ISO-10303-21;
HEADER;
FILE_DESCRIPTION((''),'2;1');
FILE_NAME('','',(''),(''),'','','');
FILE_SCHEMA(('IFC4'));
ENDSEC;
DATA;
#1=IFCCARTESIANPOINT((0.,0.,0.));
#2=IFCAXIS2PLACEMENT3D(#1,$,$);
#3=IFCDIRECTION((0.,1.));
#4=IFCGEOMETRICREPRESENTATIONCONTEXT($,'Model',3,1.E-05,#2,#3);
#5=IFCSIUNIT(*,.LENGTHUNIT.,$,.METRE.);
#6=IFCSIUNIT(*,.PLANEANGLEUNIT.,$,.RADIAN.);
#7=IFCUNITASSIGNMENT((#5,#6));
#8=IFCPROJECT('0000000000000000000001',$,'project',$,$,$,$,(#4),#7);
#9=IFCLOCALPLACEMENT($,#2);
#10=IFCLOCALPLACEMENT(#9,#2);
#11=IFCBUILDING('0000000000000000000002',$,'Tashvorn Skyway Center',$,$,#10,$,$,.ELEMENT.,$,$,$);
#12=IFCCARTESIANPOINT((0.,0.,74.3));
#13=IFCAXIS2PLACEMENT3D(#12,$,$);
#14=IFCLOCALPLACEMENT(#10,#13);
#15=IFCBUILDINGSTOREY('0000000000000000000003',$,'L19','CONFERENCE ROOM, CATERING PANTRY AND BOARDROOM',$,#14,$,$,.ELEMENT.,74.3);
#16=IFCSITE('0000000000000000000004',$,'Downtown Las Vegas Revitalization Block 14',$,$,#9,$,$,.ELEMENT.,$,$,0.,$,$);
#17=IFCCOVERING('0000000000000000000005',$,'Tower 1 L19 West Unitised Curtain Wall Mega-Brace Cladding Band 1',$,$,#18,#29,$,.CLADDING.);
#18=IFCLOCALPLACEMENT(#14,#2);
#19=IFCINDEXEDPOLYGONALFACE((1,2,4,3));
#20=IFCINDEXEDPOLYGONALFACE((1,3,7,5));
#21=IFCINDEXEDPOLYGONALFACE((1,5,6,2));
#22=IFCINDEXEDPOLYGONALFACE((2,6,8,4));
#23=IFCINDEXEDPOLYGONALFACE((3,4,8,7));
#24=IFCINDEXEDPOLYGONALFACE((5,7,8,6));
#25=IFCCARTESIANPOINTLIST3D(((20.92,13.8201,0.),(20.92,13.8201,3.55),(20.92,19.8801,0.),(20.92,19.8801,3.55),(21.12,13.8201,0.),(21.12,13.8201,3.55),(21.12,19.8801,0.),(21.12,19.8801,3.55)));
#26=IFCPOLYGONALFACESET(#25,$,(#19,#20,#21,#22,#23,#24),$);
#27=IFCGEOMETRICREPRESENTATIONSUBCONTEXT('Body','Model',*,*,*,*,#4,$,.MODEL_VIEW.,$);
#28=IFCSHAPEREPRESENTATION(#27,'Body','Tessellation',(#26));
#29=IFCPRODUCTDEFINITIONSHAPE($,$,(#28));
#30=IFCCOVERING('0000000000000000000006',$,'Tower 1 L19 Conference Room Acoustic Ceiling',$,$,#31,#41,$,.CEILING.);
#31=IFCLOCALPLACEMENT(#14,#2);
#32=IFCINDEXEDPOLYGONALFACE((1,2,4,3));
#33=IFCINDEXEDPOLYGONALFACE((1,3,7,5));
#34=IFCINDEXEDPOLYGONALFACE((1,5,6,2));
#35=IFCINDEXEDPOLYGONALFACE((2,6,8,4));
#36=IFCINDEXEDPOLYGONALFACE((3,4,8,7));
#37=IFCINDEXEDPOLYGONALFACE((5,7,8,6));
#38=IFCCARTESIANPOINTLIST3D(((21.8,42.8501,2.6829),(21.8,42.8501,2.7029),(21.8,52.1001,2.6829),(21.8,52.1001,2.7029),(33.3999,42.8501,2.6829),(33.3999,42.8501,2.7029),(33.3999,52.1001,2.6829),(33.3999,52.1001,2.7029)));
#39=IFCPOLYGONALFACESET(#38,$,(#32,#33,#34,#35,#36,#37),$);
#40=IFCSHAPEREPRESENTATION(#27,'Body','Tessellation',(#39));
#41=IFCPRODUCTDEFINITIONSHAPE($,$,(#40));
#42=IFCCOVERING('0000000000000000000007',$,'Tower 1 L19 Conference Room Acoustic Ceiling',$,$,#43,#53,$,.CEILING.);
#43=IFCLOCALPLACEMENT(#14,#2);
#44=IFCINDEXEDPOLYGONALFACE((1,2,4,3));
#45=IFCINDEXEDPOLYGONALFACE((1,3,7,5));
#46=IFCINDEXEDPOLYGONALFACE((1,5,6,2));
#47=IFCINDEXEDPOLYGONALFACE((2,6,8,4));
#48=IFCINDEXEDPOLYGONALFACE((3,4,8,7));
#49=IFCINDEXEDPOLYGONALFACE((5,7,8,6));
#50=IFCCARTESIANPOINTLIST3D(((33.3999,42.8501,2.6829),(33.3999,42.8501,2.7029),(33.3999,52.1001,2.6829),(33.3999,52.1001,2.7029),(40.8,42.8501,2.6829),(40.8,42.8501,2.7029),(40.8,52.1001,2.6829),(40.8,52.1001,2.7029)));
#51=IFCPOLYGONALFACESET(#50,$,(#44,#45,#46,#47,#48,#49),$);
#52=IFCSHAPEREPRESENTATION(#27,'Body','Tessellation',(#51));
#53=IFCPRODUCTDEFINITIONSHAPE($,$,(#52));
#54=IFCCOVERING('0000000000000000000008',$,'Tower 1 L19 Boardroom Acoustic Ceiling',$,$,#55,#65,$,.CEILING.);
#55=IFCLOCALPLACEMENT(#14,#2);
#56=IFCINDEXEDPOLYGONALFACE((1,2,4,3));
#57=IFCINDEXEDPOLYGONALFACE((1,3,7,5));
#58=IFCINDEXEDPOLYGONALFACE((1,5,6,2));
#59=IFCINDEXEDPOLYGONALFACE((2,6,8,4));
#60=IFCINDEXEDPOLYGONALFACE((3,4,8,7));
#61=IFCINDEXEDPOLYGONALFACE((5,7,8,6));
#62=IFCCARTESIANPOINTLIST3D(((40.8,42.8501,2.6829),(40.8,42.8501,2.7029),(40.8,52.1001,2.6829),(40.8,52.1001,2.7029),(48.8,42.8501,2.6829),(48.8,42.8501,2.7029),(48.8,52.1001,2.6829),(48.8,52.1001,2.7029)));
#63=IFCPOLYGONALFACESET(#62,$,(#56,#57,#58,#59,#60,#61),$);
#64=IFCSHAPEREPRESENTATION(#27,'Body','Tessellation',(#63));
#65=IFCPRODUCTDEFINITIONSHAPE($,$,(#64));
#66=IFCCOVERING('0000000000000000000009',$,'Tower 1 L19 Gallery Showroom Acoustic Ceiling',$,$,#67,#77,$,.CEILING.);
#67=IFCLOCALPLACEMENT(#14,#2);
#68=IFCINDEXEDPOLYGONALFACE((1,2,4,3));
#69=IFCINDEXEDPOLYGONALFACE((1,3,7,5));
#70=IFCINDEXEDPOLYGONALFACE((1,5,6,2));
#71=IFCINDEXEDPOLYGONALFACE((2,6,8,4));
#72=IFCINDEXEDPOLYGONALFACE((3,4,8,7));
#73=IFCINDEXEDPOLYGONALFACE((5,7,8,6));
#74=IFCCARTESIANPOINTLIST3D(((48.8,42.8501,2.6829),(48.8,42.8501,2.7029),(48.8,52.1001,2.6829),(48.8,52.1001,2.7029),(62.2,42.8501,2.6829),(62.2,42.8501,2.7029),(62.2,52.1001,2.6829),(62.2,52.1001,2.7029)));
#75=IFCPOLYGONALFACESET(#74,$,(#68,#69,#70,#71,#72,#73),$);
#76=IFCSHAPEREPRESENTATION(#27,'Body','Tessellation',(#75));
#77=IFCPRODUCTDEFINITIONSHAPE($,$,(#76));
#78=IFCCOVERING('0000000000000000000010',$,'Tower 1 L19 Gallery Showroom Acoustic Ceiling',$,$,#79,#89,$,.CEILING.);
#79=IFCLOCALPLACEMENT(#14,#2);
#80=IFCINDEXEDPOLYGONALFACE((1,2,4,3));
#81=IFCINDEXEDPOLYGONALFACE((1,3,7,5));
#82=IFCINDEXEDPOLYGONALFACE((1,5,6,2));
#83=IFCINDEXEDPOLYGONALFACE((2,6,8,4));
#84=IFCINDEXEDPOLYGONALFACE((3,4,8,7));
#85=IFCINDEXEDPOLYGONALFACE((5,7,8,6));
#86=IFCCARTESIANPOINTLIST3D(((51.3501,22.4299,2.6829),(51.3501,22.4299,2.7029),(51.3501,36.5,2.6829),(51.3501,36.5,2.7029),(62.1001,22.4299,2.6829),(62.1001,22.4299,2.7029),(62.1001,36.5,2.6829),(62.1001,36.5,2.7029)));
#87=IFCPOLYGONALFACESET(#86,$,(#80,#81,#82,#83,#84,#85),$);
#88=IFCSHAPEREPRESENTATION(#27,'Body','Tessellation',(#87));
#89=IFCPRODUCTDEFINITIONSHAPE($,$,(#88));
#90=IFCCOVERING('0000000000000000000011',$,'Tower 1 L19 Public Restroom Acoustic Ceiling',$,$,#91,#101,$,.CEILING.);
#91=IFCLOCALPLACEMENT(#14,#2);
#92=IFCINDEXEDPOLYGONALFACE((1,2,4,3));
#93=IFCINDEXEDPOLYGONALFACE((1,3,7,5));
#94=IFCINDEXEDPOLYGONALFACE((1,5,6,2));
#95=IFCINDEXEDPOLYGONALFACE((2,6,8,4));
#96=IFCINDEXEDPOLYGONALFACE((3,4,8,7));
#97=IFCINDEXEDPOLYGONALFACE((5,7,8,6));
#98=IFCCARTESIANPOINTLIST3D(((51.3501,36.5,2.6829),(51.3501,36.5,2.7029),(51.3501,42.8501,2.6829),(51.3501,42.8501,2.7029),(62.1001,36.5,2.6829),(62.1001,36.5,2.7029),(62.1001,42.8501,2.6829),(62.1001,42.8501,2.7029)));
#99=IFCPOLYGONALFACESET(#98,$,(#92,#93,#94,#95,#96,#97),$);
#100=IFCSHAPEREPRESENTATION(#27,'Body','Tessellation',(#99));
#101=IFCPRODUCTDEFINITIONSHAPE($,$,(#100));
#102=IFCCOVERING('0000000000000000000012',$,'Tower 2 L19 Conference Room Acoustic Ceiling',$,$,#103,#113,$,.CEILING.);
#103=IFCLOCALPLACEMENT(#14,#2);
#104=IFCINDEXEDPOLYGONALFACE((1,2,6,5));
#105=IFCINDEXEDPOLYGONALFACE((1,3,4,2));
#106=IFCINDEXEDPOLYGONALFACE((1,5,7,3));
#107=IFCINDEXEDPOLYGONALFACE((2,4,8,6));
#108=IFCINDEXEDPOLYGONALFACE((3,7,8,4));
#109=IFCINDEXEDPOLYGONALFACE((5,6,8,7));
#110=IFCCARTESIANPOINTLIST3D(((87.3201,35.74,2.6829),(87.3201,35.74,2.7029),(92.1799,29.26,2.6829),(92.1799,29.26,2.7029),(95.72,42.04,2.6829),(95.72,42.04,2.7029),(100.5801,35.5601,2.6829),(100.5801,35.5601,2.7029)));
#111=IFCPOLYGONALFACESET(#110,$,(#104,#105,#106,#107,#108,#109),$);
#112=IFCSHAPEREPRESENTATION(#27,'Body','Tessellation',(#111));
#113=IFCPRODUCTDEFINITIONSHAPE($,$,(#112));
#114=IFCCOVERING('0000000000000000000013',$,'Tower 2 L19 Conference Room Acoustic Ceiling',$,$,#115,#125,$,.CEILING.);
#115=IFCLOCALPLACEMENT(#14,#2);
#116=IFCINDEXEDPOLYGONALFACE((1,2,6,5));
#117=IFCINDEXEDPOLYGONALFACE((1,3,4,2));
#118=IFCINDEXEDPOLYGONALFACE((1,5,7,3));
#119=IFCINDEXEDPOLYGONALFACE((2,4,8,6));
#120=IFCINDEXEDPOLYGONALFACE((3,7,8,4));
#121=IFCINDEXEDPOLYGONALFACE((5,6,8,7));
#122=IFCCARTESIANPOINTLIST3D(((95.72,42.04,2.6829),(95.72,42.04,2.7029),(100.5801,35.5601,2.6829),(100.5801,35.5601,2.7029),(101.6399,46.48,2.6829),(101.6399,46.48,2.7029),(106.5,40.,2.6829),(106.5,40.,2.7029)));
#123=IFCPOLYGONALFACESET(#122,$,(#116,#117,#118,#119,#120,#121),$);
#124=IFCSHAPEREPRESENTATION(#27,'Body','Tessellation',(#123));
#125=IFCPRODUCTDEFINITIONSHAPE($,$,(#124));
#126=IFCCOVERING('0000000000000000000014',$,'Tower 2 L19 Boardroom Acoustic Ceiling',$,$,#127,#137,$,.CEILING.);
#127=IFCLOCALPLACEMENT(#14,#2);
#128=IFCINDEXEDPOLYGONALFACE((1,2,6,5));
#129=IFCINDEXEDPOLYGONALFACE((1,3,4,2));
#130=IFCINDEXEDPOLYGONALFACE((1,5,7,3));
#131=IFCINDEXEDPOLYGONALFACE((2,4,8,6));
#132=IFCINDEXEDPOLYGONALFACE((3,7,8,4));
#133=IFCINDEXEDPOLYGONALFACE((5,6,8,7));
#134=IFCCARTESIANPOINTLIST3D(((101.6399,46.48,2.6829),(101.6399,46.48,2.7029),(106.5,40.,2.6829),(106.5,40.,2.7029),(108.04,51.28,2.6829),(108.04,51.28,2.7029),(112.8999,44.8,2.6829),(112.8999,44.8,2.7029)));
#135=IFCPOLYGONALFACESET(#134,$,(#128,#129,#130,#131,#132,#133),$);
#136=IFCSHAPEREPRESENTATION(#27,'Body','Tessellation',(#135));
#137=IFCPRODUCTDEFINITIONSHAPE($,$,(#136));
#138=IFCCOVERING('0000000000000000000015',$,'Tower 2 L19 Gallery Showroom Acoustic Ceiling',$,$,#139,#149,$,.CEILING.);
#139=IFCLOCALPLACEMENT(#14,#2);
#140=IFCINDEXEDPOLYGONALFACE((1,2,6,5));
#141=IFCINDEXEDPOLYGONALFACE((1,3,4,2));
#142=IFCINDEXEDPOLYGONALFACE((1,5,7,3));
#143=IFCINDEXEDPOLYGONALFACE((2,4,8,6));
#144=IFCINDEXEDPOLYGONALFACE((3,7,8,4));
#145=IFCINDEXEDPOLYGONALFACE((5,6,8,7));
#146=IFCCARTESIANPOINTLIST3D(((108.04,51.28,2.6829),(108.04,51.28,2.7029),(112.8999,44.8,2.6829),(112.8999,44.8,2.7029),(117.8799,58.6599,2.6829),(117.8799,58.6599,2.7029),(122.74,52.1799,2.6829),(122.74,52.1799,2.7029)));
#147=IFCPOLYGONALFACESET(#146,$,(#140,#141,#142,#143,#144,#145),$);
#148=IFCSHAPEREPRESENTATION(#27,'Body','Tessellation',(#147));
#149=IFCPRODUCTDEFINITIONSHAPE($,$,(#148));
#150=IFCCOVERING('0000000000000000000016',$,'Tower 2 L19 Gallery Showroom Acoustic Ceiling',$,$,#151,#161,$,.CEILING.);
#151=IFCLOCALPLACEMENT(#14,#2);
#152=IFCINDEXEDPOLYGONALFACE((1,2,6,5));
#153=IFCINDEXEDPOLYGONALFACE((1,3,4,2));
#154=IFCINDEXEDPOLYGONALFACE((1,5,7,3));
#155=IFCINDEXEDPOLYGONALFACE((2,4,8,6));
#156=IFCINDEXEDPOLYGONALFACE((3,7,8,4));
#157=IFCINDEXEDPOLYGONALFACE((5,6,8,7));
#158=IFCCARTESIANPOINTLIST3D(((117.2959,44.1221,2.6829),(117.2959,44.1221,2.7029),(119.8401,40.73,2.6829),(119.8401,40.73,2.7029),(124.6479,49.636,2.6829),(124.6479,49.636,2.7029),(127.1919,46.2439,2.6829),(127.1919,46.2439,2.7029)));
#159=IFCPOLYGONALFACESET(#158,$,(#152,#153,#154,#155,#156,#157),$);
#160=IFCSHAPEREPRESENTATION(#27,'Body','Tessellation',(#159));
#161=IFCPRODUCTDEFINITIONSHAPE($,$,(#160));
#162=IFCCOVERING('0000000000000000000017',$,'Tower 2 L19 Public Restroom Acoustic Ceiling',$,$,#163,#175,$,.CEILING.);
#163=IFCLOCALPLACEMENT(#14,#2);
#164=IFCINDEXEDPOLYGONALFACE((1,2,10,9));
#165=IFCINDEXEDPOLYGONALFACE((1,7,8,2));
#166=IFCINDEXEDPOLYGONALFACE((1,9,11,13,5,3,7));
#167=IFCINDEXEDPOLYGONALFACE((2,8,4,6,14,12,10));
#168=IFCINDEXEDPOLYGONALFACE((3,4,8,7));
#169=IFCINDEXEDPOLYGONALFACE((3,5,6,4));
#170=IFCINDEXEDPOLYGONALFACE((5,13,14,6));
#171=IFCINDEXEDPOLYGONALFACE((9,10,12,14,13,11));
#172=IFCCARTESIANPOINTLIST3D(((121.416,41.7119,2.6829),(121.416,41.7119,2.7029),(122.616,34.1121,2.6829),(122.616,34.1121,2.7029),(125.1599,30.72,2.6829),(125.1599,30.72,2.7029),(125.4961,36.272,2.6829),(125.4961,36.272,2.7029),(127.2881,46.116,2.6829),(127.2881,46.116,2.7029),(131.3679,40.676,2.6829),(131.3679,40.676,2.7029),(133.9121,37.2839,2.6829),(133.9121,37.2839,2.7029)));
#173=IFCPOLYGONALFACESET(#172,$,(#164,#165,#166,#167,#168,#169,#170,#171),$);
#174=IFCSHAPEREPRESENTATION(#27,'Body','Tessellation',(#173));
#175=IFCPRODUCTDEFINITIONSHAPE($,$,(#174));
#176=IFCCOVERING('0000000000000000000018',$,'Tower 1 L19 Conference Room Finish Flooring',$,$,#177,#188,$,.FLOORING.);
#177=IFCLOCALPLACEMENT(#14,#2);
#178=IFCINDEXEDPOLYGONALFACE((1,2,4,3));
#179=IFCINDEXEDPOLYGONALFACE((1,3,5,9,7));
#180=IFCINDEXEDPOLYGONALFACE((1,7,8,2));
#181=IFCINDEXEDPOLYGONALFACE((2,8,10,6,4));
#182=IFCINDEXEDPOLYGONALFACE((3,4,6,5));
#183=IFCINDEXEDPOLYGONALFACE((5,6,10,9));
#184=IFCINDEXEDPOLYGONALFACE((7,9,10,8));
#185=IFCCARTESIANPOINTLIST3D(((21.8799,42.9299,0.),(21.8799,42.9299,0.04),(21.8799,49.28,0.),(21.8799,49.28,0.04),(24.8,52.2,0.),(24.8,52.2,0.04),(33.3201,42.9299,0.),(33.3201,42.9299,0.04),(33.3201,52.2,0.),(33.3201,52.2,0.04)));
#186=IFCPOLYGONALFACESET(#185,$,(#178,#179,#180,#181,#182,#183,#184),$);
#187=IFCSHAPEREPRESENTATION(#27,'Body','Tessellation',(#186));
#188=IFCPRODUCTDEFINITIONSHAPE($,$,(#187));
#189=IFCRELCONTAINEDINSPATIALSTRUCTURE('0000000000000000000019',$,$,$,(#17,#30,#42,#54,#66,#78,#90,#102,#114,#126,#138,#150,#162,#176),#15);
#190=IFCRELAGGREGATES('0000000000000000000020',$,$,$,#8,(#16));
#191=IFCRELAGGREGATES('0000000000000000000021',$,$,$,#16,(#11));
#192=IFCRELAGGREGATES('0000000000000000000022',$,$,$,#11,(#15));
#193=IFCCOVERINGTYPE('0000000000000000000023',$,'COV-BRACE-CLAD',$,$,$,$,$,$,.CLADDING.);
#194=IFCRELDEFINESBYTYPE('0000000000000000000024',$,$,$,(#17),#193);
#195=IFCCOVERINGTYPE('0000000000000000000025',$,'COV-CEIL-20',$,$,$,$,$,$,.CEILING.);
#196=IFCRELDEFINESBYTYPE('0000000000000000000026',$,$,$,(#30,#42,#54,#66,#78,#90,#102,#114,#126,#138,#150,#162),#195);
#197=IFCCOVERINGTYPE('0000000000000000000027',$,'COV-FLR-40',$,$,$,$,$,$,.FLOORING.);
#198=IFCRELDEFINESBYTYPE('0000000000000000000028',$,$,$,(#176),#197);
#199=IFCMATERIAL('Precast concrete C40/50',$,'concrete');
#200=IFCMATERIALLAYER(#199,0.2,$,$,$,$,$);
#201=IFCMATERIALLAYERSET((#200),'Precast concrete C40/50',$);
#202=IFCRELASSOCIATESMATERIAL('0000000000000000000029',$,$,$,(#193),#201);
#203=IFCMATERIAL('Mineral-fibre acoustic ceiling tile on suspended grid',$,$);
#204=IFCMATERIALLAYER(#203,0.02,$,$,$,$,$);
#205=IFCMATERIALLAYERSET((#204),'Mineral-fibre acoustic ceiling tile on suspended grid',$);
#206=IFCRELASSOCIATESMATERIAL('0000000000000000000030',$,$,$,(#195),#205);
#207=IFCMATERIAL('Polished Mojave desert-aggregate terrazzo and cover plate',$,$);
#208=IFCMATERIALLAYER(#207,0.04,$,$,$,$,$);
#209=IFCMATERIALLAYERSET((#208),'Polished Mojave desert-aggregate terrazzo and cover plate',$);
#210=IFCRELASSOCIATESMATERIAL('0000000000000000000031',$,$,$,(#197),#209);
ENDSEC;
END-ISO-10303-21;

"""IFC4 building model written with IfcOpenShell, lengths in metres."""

from ifc_helpers import new_model, si_unit, direction, frame, origin, origin_2d, place, context, subcontext, project, spatial, polyline, rectangle, outline, extrude, material, layer, layer_set, type_object, element, save


model = new_model("IFC4")

# Units and contexts
model_context = context("Model", 3, precision=1e-05, world=origin(), true_north=direction((0.0, 1.0)))
body_context = subcontext(model_context, "Body", "Model", "MODEL_VIEW")
ifc_project = project(units=[si_unit("LENGTHUNIT", "METRE"), si_unit("PLANEANGLEUNIT", "RADIAN")], contexts=[model_context])

# Site, building, storey
site_placement = place(None, origin())
site = spatial("IfcSite", under=ifc_project, at=site_placement, Name="Downtown Las Vegas Revitalization Block 14", CompositionType="ELEMENT", RefElevation=0.0)
building_placement = place(site_placement, origin())
building = spatial("IfcBuilding", under=site, at=building_placement, Name="Tashvorn Skyway Center", CompositionType="ELEMENT")
storey_placement = place(building_placement, frame((0.0, 0.0, 74.3)))
storey = spatial("IfcBuildingStorey", under=building, at=storey_placement, Name="L19", Description="CONFERENCE ROOM, CATERING PANTRY AND BOARDROOM", CompositionType="ELEMENT", Elevation=74.3)

# Coverings
ifc_material_1 = material(Name="Precast concrete C40/50", Category="concrete")
ifc_layer_1 = layer(ifc_material_1, 0.2)
ifc_layer_set_1 = layer_set([ifc_layer_1], Name="Precast concrete C40/50")
covering_type_1 = type_object("IfcCoveringType", Name="COV-BRACE-CLAD", PredefinedType="CLADDING", material=ifc_layer_set_1)
covering_1_placement = place(storey_placement, frame((21.02, 16.8501, 0.0), z_axis=(0.0, 0.0, 1.0), x_axis=(0.0, 1.0, 0.0)))
element("IfcCovering", 1, at=covering_1_placement, inside=storey, type_object=covering_type_1, Name="Tower 1 L19 West Unitised Curtain Wall Mega-Brace Cladding Band 1", PredefinedType="CLADDING", context=body_context, shape_type="SweptSolid", body=[
    extrude(rectangle(XDim=6.0601, YDim=0.2, at=origin_2d()), origin(), (0.0, 0.0, 1.0), 3.55),
])
ifc_material_2 = material(Name="Mineral-fibre acoustic ceiling tile on suspended grid")
ifc_layer_2 = layer(ifc_material_2, 0.02)
ifc_layer_set_2 = layer_set([ifc_layer_2], Name="Mineral-fibre acoustic ceiling tile on suspended grid")
covering_type_2 = type_object("IfcCoveringType", Name="COV-CEIL-20", PredefinedType="CEILING", material=ifc_layer_set_2)
covering_2_placement = place(storey_placement, frame((0.0, 0.0, 2.6829)))
element("IfcCovering", 2, at=covering_2_placement, inside=storey, type_object=covering_type_2, Name="Tower 1 L19 Conference Room Acoustic Ceiling", PredefinedType="CEILING", context=body_context, shape_type="SweptSolid", body=[
    extrude(outline(polyline([(21.8, 42.8501), (33.3999, 42.8501), (33.3999, 52.1001), (21.8, 52.1001), (21.8, 42.8501)])), origin(), (0.0, 0.0, 1.0), 0.02),
])
covering_3_placement = place(storey_placement, frame((0.0, 0.0, 2.6829)))
element("IfcCovering", 3, at=covering_3_placement, inside=storey, type_object=covering_type_2, Name="Tower 1 L19 Conference Room Acoustic Ceiling", PredefinedType="CEILING", context=body_context, shape_type="SweptSolid", body=[
    extrude(outline(polyline([(33.3999, 42.8501), (40.8, 42.8501), (40.8, 52.1001), (33.3999, 52.1001), (33.3999, 42.8501)])), origin(), (0.0, 0.0, 1.0), 0.02),
])
covering_4_placement = place(storey_placement, frame((0.0, 0.0, 2.6829)))
element("IfcCovering", 4, at=covering_4_placement, inside=storey, type_object=covering_type_2, Name="Tower 1 L19 Boardroom Acoustic Ceiling", PredefinedType="CEILING", context=body_context, shape_type="SweptSolid", body=[
    extrude(outline(polyline([(40.8, 42.8501), (48.8, 42.8501), (48.8, 52.1001), (40.8, 52.1001), (40.8, 42.8501)])), origin(), (0.0, 0.0, 1.0), 0.02),
])
covering_5_placement = place(storey_placement, frame((0.0, 0.0, 2.6829)))
element("IfcCovering", 5, at=covering_5_placement, inside=storey, type_object=covering_type_2, Name="Tower 1 L19 Gallery Showroom Acoustic Ceiling", PredefinedType="CEILING", context=body_context, shape_type="SweptSolid", body=[
    extrude(outline(polyline([(48.8, 42.8501), (62.2, 42.8501), (62.2, 52.1001), (48.8, 52.1001), (48.8, 42.8501)])), origin(), (0.0, 0.0, 1.0), 0.02),
])
covering_6_placement = place(storey_placement, frame((0.0, 0.0, 2.6829)))
element("IfcCovering", 6, at=covering_6_placement, inside=storey, type_object=covering_type_2, Name="Tower 1 L19 Gallery Showroom Acoustic Ceiling", PredefinedType="CEILING", context=body_context, shape_type="SweptSolid", body=[
    extrude(outline(polyline([(51.3501, 22.4299), (62.1001, 22.4299), (62.1001, 36.5), (51.3501, 36.5), (51.3501, 22.4299)])), origin(), (0.0, 0.0, 1.0), 0.02),
])
covering_7_placement = place(storey_placement, frame((0.0, 0.0, 2.6829)))
element("IfcCovering", 7, at=covering_7_placement, inside=storey, type_object=covering_type_2, Name="Tower 1 L19 Public Restroom Acoustic Ceiling", PredefinedType="CEILING", context=body_context, shape_type="SweptSolid", body=[
    extrude(outline(polyline([(51.3501, 36.5), (62.1001, 36.5), (62.1001, 42.8501), (51.3501, 42.8501), (51.3501, 36.5)])), origin(), (0.0, 0.0, 1.0), 0.02),
])
covering_8_placement = place(storey_placement, frame((0.0, 0.0, 2.6829)))
element("IfcCovering", 8, at=covering_8_placement, inside=storey, type_object=covering_type_2, Name="Tower 2 L19 Conference Room Acoustic Ceiling", PredefinedType="CEILING", context=body_context, shape_type="SweptSolid", body=[
    extrude(outline(polyline([(92.1799, 29.26), (100.5801, 35.5601), (95.72, 42.04), (87.3201, 35.74), (92.1799, 29.26)])), origin(), (0.0, 0.0, 1.0), 0.02),
])
covering_9_placement = place(storey_placement, frame((0.0, 0.0, 2.6829)))
element("IfcCovering", 9, at=covering_9_placement, inside=storey, type_object=covering_type_2, Name="Tower 2 L19 Conference Room Acoustic Ceiling", PredefinedType="CEILING", context=body_context, shape_type="SweptSolid", body=[
    extrude(outline(polyline([(100.5801, 35.5601), (106.5, 40.0), (101.6399, 46.48), (95.72, 42.04), (100.5801, 35.5601)])), origin(), (0.0, 0.0, 1.0), 0.02),
])
covering_10_placement = place(storey_placement, frame((0.0, 0.0, 2.6829)))
element("IfcCovering", 10, at=covering_10_placement, inside=storey, type_object=covering_type_2, Name="Tower 2 L19 Boardroom Acoustic Ceiling", PredefinedType="CEILING", context=body_context, shape_type="SweptSolid", body=[
    extrude(outline(polyline([(106.5, 40.0), (112.8999, 44.8), (108.04, 51.28), (101.6399, 46.48), (106.5, 40.0)])), origin(), (0.0, 0.0, 1.0), 0.02),
])
covering_11_placement = place(storey_placement, frame((0.0, 0.0, 2.6829)))
element("IfcCovering", 11, at=covering_11_placement, inside=storey, type_object=covering_type_2, Name="Tower 2 L19 Gallery Showroom Acoustic Ceiling", PredefinedType="CEILING", context=body_context, shape_type="SweptSolid", body=[
    extrude(outline(polyline([(112.8999, 44.8), (122.74, 52.1799), (117.8799, 58.6599), (108.04, 51.28), (112.8999, 44.8)])), origin(), (0.0, 0.0, 1.0), 0.02),
])
covering_12_placement = place(storey_placement, frame((0.0, 0.0, 2.6829)))
element("IfcCovering", 12, at=covering_12_placement, inside=storey, type_object=covering_type_2, Name="Tower 2 L19 Gallery Showroom Acoustic Ceiling", PredefinedType="CEILING", context=body_context, shape_type="SweptSolid", body=[
    extrude(outline(polyline([(119.8401, 40.73), (117.2959, 44.1221), (124.6479, 49.636), (127.1919, 46.2439), (119.8401, 40.73)])), origin(), (0.0, 0.0, 1.0), 0.02),
])
covering_13_placement = place(storey_placement, frame((0.0, 0.0, 2.6829)))
element("IfcCovering", 13, at=covering_13_placement, inside=storey, type_object=covering_type_2, Name="Tower 2 L19 Public Restroom Acoustic Ceiling", PredefinedType="CEILING", context=body_context, shape_type="SweptSolid", body=[
    extrude(outline(polyline([(125.1599, 30.72), (122.616, 34.1121), (125.4961, 36.272), (121.416, 41.7119), (127.2881, 46.116), (131.3679, 40.676), (133.9121, 37.2839), (125.1599, 30.72)])), origin(), (0.0, 0.0, 1.0), 0.02),
])
ifc_material_3 = material(Name="Polished Mojave desert-aggregate terrazzo and cover plate")
ifc_layer_3 = layer(ifc_material_3, 0.04)
ifc_layer_set_3 = layer_set([ifc_layer_3], Name="Polished Mojave desert-aggregate terrazzo and cover plate")
covering_type_3 = type_object("IfcCoveringType", Name="COV-FLR-40", PredefinedType="FLOORING", material=ifc_layer_set_3)
covering_14_placement = place(storey_placement, origin())
element("IfcCovering", 14, at=covering_14_placement, inside=storey, type_object=covering_type_3, Name="Tower 1 L19 Conference Room Finish Flooring", PredefinedType="FLOORING", context=body_context, shape_type="SweptSolid", body=[
    extrude(outline(polyline([(33.3201, 42.9299), (21.8799, 42.9299), (21.8799, 49.28), (24.8, 52.2), (33.3201, 52.2), (33.3201, 42.9299)])), origin(), (0.0, 0.0, 1.0), 0.04),
])

save(model, "model.ifc")
